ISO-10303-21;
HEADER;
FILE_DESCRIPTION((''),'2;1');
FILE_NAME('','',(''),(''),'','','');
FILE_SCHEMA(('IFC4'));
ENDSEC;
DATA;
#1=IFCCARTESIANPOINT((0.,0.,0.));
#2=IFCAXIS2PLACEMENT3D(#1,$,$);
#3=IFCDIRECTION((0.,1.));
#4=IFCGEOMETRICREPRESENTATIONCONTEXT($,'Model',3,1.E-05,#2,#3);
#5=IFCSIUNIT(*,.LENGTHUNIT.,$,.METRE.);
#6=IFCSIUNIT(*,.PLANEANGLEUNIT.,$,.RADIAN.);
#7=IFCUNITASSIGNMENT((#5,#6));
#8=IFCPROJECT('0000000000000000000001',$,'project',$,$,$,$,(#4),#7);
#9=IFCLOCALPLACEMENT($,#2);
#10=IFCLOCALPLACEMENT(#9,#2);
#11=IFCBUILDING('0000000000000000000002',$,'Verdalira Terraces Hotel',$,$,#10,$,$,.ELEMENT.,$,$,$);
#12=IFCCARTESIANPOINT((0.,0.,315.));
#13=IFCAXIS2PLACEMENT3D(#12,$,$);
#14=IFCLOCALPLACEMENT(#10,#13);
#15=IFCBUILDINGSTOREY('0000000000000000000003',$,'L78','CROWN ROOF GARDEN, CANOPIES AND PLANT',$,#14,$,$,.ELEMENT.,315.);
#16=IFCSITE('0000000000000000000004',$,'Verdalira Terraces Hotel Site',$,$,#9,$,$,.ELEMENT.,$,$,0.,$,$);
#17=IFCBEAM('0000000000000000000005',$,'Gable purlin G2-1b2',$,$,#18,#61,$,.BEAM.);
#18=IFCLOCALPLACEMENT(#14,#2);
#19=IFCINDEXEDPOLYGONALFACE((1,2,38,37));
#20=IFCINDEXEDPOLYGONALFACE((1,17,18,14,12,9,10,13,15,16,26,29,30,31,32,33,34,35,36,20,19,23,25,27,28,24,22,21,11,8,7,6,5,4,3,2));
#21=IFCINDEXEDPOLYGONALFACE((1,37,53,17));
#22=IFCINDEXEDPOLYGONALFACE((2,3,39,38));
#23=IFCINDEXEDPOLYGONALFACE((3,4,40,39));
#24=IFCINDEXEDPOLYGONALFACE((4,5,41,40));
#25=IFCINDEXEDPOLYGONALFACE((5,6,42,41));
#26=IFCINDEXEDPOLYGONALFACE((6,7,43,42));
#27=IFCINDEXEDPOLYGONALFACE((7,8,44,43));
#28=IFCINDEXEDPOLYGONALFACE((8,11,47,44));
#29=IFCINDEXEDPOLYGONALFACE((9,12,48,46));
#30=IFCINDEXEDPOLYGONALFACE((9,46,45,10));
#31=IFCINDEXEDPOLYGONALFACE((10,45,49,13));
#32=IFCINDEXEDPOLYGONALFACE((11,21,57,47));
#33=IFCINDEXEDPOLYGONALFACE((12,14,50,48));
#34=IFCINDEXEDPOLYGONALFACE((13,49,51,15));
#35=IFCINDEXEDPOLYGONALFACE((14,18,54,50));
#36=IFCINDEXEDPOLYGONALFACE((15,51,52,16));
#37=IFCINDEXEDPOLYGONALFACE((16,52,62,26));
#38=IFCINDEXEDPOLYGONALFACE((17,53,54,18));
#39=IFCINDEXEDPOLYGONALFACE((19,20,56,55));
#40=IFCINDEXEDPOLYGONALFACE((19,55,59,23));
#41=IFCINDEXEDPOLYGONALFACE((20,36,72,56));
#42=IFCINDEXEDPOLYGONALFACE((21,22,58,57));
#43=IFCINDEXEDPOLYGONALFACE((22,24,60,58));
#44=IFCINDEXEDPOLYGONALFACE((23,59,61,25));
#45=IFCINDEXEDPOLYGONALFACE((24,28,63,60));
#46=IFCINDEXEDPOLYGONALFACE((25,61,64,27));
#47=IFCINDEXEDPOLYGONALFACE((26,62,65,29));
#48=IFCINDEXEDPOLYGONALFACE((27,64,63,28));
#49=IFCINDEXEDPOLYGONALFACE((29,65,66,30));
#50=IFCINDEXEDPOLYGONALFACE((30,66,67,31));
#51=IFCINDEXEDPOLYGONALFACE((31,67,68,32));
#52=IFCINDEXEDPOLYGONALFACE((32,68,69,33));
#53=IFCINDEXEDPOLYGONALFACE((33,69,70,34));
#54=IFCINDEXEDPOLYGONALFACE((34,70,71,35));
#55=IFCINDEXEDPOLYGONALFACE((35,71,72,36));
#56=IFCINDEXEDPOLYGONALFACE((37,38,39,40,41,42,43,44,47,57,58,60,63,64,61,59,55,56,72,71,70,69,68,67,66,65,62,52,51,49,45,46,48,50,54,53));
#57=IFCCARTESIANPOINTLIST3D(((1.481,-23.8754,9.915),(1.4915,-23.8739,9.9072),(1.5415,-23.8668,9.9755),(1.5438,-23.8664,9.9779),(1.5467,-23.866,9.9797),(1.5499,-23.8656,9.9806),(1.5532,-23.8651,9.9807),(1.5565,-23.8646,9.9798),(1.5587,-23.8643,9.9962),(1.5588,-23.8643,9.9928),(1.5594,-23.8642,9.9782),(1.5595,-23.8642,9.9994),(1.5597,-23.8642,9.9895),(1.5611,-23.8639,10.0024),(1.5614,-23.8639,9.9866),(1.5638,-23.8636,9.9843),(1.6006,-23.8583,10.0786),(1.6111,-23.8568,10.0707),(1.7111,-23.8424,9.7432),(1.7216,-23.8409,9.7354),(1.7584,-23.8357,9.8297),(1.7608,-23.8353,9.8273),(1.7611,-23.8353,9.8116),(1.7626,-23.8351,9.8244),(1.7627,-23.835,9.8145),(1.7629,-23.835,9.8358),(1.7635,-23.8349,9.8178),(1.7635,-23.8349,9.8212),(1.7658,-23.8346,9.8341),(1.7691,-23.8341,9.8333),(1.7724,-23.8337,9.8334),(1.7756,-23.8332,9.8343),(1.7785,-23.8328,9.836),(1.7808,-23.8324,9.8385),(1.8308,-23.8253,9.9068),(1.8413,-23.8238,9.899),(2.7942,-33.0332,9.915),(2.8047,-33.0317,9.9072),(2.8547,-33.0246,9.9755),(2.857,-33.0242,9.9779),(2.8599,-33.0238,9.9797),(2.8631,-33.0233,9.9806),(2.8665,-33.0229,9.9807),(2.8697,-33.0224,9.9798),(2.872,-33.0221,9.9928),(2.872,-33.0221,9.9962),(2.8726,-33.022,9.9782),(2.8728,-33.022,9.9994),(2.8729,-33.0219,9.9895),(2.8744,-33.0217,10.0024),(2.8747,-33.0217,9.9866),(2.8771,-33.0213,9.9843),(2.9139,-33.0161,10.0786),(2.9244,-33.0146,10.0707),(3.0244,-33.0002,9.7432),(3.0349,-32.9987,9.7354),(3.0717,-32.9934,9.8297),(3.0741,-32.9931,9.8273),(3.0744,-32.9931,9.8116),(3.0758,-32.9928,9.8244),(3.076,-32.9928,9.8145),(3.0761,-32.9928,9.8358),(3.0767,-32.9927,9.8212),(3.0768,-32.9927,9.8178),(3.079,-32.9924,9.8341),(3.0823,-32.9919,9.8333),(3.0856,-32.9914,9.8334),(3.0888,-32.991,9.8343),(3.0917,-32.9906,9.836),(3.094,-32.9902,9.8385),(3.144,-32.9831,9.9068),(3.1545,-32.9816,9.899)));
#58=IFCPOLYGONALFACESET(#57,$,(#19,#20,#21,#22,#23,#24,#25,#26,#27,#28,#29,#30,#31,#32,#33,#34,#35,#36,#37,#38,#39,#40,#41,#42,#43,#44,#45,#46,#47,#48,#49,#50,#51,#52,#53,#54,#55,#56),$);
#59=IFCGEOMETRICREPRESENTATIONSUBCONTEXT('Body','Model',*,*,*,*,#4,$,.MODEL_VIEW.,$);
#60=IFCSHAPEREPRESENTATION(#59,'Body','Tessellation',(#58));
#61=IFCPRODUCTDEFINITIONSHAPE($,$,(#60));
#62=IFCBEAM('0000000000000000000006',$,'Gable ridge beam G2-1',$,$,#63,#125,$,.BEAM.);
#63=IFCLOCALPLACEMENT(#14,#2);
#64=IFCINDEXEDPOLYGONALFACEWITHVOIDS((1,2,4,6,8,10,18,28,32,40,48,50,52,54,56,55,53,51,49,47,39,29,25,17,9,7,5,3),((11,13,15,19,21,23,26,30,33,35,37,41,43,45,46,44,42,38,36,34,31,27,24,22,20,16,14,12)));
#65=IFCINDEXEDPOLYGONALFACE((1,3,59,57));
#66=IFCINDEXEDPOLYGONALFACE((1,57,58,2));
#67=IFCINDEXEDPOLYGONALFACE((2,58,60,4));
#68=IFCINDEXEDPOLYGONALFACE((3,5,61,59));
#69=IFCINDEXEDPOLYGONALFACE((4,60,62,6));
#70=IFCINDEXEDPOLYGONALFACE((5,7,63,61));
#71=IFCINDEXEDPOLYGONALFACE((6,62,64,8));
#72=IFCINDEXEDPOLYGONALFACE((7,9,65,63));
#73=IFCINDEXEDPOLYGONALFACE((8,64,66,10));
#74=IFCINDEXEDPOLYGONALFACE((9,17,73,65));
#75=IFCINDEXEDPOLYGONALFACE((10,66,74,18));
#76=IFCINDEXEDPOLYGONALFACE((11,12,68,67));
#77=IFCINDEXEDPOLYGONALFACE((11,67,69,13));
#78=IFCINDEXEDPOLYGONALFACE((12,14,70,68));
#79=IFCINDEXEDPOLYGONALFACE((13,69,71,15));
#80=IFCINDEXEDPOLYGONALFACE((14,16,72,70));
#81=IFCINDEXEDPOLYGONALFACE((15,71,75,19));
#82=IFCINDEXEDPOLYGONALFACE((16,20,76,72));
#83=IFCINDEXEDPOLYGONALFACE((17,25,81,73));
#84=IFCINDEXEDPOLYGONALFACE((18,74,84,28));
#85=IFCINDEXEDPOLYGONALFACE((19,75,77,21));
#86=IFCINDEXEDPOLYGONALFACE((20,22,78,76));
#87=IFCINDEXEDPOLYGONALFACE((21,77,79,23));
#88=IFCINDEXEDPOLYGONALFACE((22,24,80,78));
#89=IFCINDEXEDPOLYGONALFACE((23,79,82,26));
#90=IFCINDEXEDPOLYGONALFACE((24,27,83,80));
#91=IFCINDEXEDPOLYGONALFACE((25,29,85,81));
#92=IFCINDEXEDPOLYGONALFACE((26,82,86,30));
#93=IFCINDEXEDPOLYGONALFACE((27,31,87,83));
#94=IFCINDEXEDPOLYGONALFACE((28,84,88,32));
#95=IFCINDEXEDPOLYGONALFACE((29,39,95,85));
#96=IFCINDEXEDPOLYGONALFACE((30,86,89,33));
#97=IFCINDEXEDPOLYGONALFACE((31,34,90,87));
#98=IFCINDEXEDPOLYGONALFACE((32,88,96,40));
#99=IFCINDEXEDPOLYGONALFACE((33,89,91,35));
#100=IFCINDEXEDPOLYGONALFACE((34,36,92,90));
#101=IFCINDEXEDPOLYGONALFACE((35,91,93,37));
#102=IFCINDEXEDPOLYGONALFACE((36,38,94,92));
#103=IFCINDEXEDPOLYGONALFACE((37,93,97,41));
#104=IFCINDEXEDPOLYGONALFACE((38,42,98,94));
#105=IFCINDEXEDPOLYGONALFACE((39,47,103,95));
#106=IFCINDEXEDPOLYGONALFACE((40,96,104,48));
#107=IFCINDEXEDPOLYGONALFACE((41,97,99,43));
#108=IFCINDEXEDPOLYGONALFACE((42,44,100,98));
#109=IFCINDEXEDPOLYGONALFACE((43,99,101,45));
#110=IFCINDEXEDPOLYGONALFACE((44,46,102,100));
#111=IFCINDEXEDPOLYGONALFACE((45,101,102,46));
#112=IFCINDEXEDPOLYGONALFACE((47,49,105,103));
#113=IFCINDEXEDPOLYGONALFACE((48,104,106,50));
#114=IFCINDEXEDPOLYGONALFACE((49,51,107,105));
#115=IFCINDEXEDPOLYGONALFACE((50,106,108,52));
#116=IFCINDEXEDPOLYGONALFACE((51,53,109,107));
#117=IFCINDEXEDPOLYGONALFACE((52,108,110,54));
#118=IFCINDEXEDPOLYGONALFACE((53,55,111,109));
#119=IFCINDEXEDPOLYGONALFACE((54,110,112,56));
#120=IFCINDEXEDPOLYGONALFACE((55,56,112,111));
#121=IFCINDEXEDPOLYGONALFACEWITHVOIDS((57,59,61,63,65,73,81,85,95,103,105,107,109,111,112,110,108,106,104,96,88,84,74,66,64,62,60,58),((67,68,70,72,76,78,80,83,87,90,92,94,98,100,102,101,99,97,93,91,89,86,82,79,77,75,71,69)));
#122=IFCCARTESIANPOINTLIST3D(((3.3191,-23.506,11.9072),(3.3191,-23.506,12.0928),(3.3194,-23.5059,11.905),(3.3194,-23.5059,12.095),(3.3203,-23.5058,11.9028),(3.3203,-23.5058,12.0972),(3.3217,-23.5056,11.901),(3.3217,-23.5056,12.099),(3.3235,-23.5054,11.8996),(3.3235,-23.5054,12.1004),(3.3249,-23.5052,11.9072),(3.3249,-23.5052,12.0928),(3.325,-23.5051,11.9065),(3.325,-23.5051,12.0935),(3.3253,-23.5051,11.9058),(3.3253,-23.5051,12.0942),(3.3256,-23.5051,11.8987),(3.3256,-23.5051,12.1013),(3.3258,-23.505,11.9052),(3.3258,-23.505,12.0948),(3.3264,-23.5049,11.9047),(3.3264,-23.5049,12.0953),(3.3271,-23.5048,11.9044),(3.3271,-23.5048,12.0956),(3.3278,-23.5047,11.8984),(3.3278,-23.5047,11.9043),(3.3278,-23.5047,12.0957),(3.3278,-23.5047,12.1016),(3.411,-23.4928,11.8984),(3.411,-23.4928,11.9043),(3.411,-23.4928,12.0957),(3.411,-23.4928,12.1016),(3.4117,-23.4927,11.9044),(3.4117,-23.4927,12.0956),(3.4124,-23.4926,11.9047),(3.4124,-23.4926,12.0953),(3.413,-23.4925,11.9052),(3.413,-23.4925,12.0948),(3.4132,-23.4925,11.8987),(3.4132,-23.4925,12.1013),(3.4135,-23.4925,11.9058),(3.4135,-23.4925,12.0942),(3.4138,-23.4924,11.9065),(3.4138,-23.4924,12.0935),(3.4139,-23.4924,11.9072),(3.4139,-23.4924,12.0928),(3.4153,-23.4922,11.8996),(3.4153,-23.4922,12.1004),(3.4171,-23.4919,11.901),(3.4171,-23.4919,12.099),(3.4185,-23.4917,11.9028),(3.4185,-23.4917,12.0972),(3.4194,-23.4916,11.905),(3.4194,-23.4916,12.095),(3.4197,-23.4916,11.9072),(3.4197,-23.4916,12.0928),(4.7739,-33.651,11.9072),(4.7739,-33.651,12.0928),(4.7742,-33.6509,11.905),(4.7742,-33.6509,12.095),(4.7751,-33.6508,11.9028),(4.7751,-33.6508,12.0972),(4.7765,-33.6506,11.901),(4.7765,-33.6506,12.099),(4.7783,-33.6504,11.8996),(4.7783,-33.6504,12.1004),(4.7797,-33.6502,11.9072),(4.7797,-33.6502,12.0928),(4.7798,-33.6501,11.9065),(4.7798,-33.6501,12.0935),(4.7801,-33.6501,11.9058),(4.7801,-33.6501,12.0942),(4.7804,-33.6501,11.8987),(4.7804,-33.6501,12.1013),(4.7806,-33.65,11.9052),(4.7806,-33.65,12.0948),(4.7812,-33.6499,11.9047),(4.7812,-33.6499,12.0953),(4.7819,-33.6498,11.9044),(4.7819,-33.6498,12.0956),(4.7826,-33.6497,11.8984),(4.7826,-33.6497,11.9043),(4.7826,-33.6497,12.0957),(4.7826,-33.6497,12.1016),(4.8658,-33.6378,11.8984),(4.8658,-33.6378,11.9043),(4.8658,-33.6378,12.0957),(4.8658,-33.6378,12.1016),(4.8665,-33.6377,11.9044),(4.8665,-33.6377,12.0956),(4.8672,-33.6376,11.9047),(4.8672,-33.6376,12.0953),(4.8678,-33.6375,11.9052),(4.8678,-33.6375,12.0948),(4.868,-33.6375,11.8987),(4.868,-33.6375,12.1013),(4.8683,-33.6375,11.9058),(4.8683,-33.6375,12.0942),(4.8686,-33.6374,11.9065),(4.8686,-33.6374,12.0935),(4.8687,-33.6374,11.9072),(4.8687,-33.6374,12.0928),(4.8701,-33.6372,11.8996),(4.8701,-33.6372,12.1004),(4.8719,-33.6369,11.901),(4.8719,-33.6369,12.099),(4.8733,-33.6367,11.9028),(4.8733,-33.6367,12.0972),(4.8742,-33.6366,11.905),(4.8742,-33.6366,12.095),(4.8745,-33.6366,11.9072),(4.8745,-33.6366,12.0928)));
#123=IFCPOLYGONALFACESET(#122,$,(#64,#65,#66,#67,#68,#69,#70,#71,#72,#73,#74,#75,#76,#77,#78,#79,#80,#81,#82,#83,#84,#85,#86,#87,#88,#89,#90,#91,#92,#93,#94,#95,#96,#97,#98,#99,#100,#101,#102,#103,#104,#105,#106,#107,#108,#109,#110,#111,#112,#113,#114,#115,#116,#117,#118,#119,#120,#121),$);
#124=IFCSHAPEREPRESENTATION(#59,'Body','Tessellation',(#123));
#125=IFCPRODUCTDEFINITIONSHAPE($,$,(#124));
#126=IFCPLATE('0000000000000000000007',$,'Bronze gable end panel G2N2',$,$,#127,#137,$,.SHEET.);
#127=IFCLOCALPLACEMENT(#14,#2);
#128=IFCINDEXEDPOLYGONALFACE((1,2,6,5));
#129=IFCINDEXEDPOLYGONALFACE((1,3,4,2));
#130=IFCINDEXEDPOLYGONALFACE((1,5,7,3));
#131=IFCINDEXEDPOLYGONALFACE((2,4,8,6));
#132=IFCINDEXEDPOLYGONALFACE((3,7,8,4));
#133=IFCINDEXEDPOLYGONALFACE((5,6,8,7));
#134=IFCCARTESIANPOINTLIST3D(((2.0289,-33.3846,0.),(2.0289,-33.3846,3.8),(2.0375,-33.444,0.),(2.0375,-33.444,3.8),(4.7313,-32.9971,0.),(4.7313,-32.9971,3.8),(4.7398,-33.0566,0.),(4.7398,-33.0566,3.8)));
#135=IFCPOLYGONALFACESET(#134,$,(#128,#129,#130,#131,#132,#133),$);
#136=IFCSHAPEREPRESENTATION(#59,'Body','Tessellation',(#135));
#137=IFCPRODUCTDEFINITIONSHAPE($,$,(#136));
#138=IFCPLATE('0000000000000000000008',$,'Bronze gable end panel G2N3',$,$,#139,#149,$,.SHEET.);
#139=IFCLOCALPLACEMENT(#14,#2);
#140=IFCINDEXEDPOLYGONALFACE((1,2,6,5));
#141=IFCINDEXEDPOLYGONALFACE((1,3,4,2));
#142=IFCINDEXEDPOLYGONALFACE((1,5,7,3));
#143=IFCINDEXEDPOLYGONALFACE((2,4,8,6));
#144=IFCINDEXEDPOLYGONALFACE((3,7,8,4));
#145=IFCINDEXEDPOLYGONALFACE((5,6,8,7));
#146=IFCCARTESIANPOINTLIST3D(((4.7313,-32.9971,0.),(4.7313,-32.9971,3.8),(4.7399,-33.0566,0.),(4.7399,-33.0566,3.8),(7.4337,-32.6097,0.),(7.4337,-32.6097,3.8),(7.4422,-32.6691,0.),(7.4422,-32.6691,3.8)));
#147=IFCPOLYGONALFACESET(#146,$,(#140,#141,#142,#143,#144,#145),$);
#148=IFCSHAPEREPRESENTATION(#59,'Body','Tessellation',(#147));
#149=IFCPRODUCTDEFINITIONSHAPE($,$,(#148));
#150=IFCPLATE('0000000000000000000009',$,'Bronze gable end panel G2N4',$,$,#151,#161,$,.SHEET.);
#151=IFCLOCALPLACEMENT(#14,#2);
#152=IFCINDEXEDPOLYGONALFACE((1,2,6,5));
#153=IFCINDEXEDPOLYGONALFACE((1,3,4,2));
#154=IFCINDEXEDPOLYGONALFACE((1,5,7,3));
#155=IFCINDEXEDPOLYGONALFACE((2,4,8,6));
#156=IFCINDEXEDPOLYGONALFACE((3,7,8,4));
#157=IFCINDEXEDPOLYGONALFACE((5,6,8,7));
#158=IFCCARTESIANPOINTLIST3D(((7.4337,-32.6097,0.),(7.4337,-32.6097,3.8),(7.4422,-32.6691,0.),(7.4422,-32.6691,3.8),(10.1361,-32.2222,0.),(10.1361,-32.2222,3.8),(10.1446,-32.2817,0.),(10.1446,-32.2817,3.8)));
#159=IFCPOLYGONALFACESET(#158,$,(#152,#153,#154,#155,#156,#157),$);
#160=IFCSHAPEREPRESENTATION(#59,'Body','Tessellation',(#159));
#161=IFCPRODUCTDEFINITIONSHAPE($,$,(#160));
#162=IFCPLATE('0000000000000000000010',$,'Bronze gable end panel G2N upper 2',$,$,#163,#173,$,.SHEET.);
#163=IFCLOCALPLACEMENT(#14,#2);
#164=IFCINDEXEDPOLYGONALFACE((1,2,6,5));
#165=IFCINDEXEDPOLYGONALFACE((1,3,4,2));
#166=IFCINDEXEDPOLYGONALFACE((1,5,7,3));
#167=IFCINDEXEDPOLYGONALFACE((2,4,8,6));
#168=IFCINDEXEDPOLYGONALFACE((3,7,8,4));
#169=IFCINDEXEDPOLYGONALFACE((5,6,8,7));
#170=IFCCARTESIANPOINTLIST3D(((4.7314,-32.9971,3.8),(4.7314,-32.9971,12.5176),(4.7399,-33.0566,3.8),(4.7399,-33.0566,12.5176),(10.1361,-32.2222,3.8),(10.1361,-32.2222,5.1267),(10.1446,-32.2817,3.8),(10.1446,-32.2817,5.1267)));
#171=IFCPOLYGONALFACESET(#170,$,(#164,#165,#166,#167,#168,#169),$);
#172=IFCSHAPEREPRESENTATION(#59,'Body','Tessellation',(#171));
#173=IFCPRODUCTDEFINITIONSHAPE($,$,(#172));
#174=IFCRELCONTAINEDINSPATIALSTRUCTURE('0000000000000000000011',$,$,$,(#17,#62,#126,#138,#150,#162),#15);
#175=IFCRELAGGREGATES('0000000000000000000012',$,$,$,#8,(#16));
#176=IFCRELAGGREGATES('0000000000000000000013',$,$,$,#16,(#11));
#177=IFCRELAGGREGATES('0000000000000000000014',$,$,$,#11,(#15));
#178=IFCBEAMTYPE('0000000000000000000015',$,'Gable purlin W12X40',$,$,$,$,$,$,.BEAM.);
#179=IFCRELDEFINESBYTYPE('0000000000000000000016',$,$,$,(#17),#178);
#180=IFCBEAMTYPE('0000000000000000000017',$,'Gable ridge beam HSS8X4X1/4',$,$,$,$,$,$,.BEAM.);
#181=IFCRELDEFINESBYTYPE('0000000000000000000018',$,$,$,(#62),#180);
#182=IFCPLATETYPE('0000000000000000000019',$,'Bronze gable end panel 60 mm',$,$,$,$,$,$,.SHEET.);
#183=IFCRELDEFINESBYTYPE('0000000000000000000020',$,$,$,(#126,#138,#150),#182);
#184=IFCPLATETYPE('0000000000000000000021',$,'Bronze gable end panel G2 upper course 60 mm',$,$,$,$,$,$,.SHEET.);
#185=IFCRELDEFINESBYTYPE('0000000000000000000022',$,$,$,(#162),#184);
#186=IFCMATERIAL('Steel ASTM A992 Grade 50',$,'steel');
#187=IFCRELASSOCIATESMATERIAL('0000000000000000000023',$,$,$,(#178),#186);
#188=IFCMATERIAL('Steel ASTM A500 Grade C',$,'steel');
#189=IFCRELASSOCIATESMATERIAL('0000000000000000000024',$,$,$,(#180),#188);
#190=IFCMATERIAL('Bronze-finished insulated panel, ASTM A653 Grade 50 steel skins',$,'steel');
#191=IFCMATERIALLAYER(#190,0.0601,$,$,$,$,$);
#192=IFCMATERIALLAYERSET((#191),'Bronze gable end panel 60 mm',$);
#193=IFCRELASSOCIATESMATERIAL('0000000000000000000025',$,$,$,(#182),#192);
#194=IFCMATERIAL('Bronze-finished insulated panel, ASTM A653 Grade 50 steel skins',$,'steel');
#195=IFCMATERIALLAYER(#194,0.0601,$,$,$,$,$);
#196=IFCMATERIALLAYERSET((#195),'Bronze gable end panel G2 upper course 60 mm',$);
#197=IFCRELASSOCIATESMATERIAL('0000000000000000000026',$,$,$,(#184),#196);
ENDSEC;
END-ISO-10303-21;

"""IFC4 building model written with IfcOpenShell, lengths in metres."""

from ifc_helpers import new_model, si_unit, direction, frame, frame_2d, origin, origin_2d, place, context, subcontext, project, spatial, polyline, rectangle, hollow_rectangle, i_section, outline, extrude, material, layer, layer_set, material_profile, profile_set, type_object, element, save


model = new_model("IFC4")

# Units and contexts
model_context = context("Model", 3, precision=1e-05, world=origin(), true_north=direction((0.0, 1.0)))
body_context = subcontext(model_context, "Body", "Model", "MODEL_VIEW")
ifc_project = project(units=[si_unit("LENGTHUNIT", "METRE"), si_unit("PLANEANGLEUNIT", "RADIAN")], contexts=[model_context])

# Site, building, storey
site_placement = place(None, origin())
site = spatial("IfcSite", under=ifc_project, at=site_placement, Name="Verdalira Terraces Hotel Site", CompositionType="ELEMENT", RefElevation=0.0)
building_placement = place(site_placement, origin())
building = spatial("IfcBuilding", under=site, at=building_placement, Name="Verdalira Terraces Hotel", CompositionType="ELEMENT")
storey_placement = place(building_placement, frame((0.0, 0.0, 315.0)))
storey = spatial("IfcBuildingStorey", under=building, at=storey_placement, Name="L78", Description="CROWN ROOF GARDEN, CANOPIES AND PLANT", CompositionType="ELEMENT", Elevation=315.0)

# Beams
ifc_material_1 = material(Name="Steel ASTM A992 Grade 50", Category="steel")
ifc_material_profile_1 = material_profile(ifc_material_1, i_section(OverallWidth=0.2034, OverallDepth=0.3022, WebThickness=0.0076, FlangeThickness=0.0132, FilletRadius=0.0129, at=origin_2d()), Name="W12X40")
ifc_profile_set_1 = profile_set([ifc_material_profile_1], Name="Steel ASTM A992 Grade 50")
beam_type_1 = type_object("IfcBeamType", Name="Gable purlin W12X40", PredefinedType="BEAM", material=ifc_profile_set_1)
beam_1_placement = place(storey_placement, frame((1.6611, -23.8496, 9.907), z_axis=(0.14195, -0.989874, 0.0), x_axis=(0.58818, 0.084346, 0.80432)))
element("IfcBeam", 1, at=beam_1_placement, inside=storey, type_object=beam_type_1, Name="Gable purlin G2-1b2", PredefinedType="BEAM", context=body_context, shape_type="SweptSolid", body=[
    extrude(i_section(OverallWidth=0.2034, OverallDepth=0.3022, WebThickness=0.0076, FlangeThickness=0.0132, FilletRadius=0.0129, at=origin_2d()), origin(), (0.0, 0.0, 1.0), 9.2515),
])
ifc_material_2 = material(Name="Steel ASTM A500 Grade C", Category="steel")
ifc_material_profile_2 = material_profile(ifc_material_2, hollow_rectangle(XDim=0.1016, YDim=0.2031, WallThickness=0.0059, InnerFilletRadius=0.0029, OuterFilletRadius=0.0088, at=origin_2d()), Name="HSS8X4X1/4")
ifc_profile_set_2 = profile_set([ifc_material_profile_2], Name="Steel ASTM A500 Grade C")
beam_type_2 = type_object("IfcBeamType", Name="Gable ridge beam HSS8X4X1/4", PredefinedType="BEAM", material=ifc_profile_set_2)
beam_2_placement = place(storey_placement, frame((3.3694, -23.4988, 12.0), z_axis=(0.141952, -0.989874, 0.0), x_axis=(0.989874, 0.141952, 0.0)))
element("IfcBeam", 2, at=beam_2_placement, inside=storey, type_object=beam_type_2, Name="Gable ridge beam G2-1", PredefinedType="BEAM", context=body_context, shape_type="SweptSolid", body=[
    extrude(hollow_rectangle(XDim=0.1016, YDim=0.2031, WallThickness=0.0059, InnerFilletRadius=0.0029, OuterFilletRadius=0.0088, at=origin_2d()), origin(), (0.0, 0.0, 1.0), 10.2488),
])

# Plates
ifc_material_3 = material(Name="Bronze-finished insulated panel, ASTM A653 Grade 50 steel skins", Category="steel")
ifc_layer_1 = layer(ifc_material_3, 0.0601)
ifc_layer_set_1 = layer_set([ifc_layer_1], Name="Bronze gable end panel 60 mm")
plate_type_1 = type_object("IfcPlateType", Name="Bronze gable end panel 60 mm", PredefinedType="SHEET", material=ifc_layer_set_1)
for number, where, z_axis, x_axis, name in (
    (3, (2.0332, -33.4143, 0.0), (0.0, 0.0, 1.0), (0.989878, 0.141922, 0.0), "Bronze gable end panel G2N2"),
    (4, (4.7356, -33.0269, 0.0), (0.0, 0.0, 1.0), (0.989878, 0.141922, 0.0), "Bronze gable end panel G2N3"),
    (5, (7.438, -32.6394, 0.0), (0.0, 0.0, 1.0), (0.989878, 0.141922, 0.0), "Bronze gable end panel G2N4"),
):
    element("IfcPlate", number, at=place(storey_placement, frame(where, z_axis=z_axis, x_axis=x_axis)), inside=storey, type_object=plate_type_1, Name=name, PredefinedType="SHEET", context=body_context, shape_type="SweptSolid", body=[
        extrude(rectangle(XDim=2.73, YDim=0.0601, at=frame_2d((1.365, 0.0))), origin(), (0.0, 0.0, 1.0), 3.8),
    ])
ifc_material_4 = material(Name="Bronze-finished insulated panel, ASTM A653 Grade 50 steel skins", Category="steel")
ifc_layer_2 = layer(ifc_material_4, 0.0601)
ifc_layer_set_2 = layer_set([ifc_layer_2], Name="Bronze gable end panel G2 upper course 60 mm")
plate_type_2 = type_object("IfcPlateType", Name="Bronze gable end panel G2 upper course 60 mm", PredefinedType="SHEET", material=ifc_layer_set_2)
plate_placement = place(storey_placement, frame((10.1404, -32.252, 3.8), z_axis=(0.0, 0.0, 1.0), x_axis=(-0.989878, -0.141922, 0.0)))
element("IfcPlate", 6, at=plate_placement, inside=storey, type_object=plate_type_2, Name="Bronze gable end panel G2N upper 2", PredefinedType="SHEET", context=body_context, shape_type="SweptSolid", body=[
    extrude(outline(polyline([(0.0, 0.0), (5.46, 0.0), (5.46, 8.7175), (0.0, 1.3267), (0.0, 0.0)])), frame((0.0, 0.03, 0.0), z_axis=(0.0, -1.0, 0.0), x_axis=(1.0, 0.0, 0.0)), (0.0, 0.0, 1.0), 0.0601),
])

save(model, "model.ifc")
